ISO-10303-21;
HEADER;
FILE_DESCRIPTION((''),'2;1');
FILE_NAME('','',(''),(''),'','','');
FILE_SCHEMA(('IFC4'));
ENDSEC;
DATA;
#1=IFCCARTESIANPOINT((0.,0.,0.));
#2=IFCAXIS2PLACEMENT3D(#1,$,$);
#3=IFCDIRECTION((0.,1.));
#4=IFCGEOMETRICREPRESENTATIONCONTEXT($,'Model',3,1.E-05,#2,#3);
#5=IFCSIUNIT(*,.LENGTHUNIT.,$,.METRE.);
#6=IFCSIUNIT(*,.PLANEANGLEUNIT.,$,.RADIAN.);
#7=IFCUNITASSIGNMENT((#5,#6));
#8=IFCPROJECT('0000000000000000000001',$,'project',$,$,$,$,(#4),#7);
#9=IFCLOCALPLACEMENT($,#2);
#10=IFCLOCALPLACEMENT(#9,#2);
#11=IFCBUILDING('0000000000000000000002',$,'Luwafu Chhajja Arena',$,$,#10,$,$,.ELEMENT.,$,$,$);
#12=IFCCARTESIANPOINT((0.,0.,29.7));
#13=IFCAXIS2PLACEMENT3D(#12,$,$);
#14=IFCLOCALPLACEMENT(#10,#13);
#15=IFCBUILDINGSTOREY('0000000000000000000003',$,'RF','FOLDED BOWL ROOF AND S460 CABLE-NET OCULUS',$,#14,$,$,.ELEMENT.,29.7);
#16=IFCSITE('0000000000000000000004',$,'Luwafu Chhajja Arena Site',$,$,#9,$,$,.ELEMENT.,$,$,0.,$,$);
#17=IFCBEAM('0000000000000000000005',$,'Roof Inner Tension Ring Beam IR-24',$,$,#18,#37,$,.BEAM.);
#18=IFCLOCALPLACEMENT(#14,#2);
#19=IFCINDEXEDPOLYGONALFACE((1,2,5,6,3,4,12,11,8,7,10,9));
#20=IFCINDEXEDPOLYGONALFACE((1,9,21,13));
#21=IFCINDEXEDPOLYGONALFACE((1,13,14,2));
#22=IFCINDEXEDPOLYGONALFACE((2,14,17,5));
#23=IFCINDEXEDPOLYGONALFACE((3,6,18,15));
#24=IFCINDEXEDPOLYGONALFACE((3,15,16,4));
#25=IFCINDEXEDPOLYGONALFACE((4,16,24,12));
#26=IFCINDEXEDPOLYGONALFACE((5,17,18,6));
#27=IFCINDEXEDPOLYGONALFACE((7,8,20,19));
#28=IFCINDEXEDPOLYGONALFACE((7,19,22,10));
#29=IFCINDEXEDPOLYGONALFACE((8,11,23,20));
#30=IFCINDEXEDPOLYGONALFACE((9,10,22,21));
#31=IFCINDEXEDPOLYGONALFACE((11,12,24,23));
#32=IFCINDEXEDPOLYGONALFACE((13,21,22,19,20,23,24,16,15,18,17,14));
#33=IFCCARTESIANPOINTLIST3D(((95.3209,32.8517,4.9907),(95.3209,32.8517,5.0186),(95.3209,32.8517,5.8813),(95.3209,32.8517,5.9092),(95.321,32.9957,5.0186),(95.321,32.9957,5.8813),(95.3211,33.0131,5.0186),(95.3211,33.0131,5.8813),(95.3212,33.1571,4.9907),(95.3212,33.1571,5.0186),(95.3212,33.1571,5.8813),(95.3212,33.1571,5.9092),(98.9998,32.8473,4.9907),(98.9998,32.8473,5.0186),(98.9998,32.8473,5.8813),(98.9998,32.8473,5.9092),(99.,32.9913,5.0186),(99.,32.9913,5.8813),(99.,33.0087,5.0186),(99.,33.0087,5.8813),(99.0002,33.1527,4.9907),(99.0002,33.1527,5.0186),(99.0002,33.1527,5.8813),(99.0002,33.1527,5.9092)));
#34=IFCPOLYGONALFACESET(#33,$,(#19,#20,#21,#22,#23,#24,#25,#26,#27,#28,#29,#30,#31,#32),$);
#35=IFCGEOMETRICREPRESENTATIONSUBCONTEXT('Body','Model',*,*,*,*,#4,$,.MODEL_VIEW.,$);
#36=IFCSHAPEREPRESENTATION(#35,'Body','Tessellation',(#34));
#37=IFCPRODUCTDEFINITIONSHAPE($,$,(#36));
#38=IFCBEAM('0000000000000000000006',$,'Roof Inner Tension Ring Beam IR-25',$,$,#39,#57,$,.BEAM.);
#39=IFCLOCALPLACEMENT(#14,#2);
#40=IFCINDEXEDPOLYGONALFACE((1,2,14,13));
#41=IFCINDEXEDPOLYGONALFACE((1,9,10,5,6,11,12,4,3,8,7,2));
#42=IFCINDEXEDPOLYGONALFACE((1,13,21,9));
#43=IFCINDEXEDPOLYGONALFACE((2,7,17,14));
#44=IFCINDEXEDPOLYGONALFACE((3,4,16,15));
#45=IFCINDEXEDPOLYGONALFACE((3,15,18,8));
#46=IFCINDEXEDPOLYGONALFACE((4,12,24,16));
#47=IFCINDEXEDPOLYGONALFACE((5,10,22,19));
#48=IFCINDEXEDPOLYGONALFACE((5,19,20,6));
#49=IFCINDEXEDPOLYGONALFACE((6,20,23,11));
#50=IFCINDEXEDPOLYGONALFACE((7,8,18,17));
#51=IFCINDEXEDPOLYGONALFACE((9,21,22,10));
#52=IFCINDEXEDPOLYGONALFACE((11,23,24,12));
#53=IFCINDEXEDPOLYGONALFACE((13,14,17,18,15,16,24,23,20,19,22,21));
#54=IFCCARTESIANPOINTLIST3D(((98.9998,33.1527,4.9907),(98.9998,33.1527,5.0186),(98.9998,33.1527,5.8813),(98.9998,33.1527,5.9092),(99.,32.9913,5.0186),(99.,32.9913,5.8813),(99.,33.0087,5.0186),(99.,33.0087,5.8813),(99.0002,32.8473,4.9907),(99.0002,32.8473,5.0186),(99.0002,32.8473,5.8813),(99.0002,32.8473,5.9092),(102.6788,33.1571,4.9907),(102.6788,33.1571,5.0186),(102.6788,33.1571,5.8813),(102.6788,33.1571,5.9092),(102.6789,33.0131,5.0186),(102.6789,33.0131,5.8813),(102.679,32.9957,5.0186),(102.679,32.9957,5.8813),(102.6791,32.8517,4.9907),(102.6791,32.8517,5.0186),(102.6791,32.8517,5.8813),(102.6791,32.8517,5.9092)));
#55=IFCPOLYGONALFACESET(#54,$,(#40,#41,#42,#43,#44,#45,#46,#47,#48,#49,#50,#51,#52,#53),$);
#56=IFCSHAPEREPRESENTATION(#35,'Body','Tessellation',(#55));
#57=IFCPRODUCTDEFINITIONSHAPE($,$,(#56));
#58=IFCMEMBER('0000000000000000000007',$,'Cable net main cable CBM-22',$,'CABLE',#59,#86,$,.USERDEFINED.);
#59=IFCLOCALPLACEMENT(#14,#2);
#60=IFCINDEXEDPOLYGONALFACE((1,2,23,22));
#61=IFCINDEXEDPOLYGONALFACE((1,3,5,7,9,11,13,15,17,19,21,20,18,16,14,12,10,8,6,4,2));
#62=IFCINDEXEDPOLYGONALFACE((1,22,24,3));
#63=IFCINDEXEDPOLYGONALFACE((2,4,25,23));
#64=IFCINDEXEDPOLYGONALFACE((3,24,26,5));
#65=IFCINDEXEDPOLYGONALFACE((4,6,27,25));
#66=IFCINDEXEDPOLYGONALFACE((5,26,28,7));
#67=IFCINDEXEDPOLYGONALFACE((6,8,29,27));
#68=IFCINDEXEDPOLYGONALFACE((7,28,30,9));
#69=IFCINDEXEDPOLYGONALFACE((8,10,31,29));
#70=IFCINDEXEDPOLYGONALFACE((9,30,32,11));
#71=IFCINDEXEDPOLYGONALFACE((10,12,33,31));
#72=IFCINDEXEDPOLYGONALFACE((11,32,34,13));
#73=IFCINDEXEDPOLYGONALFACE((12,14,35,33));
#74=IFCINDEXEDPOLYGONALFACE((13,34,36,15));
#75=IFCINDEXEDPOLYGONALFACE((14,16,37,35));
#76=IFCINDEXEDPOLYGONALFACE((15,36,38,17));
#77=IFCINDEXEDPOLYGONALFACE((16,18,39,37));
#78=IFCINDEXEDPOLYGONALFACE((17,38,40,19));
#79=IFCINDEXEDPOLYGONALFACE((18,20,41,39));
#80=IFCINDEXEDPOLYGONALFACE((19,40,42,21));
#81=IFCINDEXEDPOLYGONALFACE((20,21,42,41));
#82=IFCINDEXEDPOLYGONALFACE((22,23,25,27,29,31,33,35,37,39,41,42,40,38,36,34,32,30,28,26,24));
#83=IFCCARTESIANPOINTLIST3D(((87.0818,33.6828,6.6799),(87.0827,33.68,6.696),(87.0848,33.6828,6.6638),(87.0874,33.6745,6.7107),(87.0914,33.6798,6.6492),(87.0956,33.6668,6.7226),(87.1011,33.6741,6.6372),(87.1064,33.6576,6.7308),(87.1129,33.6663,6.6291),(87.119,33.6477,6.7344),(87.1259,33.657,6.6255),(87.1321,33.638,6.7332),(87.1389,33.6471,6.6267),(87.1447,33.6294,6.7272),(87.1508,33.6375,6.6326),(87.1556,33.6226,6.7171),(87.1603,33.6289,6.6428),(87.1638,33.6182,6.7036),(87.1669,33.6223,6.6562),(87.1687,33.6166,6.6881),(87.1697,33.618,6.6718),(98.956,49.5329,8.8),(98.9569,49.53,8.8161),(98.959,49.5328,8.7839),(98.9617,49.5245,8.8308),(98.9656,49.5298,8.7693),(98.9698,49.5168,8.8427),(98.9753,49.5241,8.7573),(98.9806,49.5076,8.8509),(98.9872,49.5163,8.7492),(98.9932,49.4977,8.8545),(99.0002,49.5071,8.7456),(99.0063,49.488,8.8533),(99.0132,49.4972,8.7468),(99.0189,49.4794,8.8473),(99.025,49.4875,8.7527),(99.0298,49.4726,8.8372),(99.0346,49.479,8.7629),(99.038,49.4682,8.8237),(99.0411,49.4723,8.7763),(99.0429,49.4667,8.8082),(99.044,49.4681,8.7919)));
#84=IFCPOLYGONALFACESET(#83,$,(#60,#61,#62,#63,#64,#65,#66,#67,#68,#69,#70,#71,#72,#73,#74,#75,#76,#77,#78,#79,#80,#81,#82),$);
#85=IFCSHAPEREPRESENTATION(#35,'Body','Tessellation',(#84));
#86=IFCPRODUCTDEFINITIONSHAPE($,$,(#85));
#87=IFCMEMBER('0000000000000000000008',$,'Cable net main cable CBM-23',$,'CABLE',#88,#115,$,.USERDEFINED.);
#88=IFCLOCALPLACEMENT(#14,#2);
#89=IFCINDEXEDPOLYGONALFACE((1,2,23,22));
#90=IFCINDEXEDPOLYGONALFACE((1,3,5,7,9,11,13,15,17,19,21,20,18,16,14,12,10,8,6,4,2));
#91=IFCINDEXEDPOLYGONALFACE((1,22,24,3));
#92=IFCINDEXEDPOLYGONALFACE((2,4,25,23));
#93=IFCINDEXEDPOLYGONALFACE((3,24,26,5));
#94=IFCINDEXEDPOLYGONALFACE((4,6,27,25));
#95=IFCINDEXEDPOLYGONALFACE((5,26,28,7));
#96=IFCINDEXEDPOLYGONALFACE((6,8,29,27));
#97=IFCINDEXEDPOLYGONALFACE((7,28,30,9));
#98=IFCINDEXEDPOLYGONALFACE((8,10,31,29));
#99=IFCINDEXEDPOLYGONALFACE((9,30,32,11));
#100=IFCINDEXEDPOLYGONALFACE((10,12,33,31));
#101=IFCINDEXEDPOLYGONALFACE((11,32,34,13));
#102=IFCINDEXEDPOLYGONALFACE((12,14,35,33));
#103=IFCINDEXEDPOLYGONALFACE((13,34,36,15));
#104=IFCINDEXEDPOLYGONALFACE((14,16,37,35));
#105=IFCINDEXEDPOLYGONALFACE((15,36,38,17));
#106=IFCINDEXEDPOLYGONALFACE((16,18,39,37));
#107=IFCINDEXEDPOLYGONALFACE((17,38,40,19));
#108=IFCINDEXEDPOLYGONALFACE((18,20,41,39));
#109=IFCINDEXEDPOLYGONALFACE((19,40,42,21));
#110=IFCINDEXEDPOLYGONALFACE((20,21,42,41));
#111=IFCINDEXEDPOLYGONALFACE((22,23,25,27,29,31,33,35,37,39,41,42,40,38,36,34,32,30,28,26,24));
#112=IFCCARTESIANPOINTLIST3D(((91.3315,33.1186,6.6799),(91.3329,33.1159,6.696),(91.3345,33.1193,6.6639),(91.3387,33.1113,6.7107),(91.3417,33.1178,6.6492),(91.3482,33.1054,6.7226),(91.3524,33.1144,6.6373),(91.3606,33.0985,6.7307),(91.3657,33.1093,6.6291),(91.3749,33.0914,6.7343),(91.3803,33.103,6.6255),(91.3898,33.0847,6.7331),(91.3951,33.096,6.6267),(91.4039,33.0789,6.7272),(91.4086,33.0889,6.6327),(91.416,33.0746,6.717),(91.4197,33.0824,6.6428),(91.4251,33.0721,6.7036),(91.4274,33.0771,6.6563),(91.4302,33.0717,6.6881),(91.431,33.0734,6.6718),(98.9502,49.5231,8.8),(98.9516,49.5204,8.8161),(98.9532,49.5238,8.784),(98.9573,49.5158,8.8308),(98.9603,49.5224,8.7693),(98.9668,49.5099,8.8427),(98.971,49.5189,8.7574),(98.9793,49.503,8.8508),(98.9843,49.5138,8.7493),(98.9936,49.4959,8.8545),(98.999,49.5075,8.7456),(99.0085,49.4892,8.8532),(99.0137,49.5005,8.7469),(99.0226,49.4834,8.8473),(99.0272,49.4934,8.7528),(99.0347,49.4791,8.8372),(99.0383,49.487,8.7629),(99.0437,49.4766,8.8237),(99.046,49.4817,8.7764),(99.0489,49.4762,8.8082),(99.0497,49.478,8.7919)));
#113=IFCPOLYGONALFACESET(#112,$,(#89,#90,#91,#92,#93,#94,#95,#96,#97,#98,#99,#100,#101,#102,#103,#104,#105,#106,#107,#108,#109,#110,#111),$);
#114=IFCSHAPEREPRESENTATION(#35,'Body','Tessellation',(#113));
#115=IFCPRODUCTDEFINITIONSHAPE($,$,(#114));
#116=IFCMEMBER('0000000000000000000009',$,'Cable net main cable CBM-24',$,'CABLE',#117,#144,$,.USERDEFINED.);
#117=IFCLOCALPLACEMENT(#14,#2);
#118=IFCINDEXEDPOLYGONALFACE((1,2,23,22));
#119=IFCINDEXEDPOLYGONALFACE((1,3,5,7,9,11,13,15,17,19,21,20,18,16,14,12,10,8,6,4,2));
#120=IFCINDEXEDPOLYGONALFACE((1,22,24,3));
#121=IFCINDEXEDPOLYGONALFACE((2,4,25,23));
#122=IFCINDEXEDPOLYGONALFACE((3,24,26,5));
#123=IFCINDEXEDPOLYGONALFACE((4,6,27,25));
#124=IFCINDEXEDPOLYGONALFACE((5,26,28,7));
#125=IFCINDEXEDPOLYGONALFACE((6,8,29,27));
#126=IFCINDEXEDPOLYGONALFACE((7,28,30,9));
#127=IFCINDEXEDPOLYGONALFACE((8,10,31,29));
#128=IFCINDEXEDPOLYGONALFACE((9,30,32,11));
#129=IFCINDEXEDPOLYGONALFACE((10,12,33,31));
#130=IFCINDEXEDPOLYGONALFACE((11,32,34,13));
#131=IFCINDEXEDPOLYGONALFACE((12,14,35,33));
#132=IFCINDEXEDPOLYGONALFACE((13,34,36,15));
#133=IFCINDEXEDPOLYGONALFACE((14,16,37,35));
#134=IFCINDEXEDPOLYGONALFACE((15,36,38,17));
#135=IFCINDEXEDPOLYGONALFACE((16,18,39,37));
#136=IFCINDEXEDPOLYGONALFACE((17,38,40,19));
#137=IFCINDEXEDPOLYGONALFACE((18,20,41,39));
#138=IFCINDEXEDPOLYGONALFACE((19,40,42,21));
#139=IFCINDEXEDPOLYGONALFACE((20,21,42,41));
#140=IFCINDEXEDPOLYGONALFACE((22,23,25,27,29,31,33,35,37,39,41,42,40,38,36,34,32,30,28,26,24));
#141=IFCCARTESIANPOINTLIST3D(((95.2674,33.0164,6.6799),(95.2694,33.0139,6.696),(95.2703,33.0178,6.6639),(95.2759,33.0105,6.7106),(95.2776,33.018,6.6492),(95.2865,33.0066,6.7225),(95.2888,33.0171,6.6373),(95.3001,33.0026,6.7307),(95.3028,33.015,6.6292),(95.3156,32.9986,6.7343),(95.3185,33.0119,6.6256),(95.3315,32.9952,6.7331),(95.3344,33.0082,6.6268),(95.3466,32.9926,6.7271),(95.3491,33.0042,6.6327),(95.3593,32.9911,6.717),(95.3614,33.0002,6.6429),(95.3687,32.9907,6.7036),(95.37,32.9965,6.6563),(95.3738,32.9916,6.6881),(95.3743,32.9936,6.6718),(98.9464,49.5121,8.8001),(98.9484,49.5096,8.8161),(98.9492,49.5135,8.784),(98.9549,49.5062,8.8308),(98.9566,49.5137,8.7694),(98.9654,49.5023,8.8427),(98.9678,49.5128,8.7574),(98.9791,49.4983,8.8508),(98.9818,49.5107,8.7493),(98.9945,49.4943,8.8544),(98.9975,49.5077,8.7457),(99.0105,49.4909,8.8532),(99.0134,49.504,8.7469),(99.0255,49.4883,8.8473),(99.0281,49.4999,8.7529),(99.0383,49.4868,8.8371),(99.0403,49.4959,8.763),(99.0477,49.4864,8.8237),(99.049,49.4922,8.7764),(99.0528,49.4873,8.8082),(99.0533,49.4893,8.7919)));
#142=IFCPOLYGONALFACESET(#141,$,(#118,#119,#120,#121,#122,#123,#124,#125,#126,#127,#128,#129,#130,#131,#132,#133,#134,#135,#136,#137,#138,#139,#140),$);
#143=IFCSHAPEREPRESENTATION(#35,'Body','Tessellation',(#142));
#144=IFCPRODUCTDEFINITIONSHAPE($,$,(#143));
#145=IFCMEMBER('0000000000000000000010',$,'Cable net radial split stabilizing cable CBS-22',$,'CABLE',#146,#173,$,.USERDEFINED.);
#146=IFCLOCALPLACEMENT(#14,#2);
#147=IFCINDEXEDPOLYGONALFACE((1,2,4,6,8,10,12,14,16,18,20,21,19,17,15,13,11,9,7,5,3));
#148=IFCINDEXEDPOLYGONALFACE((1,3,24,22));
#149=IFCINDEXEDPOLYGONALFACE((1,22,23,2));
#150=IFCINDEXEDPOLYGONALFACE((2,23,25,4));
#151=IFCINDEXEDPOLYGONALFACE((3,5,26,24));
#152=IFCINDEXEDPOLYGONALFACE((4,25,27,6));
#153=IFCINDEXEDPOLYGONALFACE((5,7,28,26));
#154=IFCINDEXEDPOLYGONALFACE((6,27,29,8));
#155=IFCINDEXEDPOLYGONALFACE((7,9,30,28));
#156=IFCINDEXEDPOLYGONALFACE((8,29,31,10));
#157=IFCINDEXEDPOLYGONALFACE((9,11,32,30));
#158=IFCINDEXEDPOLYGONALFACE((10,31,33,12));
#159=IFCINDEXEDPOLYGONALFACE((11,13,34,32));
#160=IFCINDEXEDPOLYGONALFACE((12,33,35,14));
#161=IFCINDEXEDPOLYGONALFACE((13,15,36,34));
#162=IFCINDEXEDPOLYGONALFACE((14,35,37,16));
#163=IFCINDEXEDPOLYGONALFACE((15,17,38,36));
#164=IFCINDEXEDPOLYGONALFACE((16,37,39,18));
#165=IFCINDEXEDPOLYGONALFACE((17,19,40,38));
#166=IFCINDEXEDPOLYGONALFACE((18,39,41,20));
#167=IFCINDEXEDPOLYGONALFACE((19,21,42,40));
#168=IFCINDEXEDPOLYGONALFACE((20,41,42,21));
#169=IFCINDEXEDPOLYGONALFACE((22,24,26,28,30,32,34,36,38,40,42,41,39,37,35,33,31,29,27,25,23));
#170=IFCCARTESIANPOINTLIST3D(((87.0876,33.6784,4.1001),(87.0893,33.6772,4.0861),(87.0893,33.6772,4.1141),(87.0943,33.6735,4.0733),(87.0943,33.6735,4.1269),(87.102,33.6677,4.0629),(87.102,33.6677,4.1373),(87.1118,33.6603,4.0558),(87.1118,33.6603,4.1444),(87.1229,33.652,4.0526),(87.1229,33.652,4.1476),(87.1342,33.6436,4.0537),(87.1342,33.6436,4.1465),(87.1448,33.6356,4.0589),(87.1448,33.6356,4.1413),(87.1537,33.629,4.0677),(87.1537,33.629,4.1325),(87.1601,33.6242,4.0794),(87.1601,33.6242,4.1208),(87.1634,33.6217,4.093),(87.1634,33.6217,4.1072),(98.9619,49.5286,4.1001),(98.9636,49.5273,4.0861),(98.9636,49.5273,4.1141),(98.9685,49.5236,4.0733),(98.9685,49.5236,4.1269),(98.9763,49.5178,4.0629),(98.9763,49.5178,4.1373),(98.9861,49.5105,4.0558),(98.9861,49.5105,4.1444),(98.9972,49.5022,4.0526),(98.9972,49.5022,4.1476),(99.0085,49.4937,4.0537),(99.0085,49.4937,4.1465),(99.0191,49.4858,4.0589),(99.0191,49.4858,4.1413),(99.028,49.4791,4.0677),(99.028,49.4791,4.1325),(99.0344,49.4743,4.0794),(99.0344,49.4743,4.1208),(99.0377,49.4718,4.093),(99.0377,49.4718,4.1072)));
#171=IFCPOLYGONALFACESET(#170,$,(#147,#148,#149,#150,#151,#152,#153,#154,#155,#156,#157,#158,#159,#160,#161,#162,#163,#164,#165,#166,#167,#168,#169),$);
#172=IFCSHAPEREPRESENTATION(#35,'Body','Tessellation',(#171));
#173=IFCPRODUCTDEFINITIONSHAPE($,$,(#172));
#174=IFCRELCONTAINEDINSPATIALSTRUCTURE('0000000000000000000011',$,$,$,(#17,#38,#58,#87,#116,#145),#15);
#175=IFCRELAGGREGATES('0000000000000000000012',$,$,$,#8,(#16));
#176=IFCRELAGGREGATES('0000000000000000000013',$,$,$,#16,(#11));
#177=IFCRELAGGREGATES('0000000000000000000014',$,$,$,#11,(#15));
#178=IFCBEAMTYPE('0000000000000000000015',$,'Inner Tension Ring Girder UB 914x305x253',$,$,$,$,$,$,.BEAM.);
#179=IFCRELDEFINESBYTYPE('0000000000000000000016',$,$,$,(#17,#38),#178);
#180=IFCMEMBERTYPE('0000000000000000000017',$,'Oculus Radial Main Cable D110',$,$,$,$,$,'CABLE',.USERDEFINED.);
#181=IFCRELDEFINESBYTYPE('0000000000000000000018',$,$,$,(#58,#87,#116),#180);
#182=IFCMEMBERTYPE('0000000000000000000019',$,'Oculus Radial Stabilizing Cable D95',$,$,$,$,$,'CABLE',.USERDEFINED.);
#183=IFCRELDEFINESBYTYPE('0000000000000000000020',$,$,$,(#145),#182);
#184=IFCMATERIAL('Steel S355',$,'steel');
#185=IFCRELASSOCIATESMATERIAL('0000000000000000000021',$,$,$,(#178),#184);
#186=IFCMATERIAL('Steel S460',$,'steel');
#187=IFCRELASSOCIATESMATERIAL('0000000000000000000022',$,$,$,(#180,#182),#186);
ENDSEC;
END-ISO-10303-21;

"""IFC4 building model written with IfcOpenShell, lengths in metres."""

from ifc_helpers import new_model, si_unit, direction, frame, origin, origin_2d, place, context, subcontext, project, spatial, circle, i_section, extrude, material, material_profile, profile_set, type_object, element, save


model = new_model("IFC4")

# Units and contexts
model_context = context("Model", 3, precision=1e-05, world=origin(), true_north=direction((0.0, 1.0)))
body_context = subcontext(model_context, "Body", "Model", "MODEL_VIEW")
ifc_project = project(units=[si_unit("LENGTHUNIT", "METRE"), si_unit("PLANEANGLEUNIT", "RADIAN")], contexts=[model_context])

# Site, building, storey
site_placement = place(None, origin())
site = spatial("IfcSite", under=ifc_project, at=site_placement, Name="Luwafu Chhajja Arena Site", CompositionType="ELEMENT", RefElevation=0.0)
building_placement = place(site_placement, origin())
building = spatial("IfcBuilding", under=site, at=building_placement, Name="Luwafu Chhajja Arena", CompositionType="ELEMENT")
storey_placement = place(building_placement, frame((0.0, 0.0, 29.7)))
storey = spatial("IfcBuildingStorey", under=building, at=storey_placement, Name="RF", Description="FOLDED BOWL ROOF AND S460 CABLE-NET OCULUS", CompositionType="ELEMENT", Elevation=29.7)

# Shared definitions
ifc_material_1 = material(Name="Steel S355", Category="steel")

# Beams
ifc_material_profile_1 = material_profile(ifc_material_1, i_section(OverallWidth=0.3054, OverallDepth=0.9185, WebThickness=0.0173, FlangeThickness=0.0278, at=origin_2d()), Name="UB 914x305x253")
ifc_profile_set_1 = profile_set([ifc_material_profile_1], Name="Steel S355")
beam_type = type_object("IfcBeamType", Name="Inner Tension Ring Girder UB 914x305x253", PredefinedType="BEAM", material=ifc_profile_set_1)
for number, where, z_axis, x_axis, name in (
    (1, (95.321, 33.0044, 5.45), (0.999999, -0.001195, 0.0), (0.001195, 0.999999, 0.0), "Roof Inner Tension Ring Beam IR-24"),
    (2, (99.0, 33.0, 5.45), (0.999999, 0.001195, 0.0), (-0.001195, 0.999999, 0.0), "Roof Inner Tension Ring Beam IR-25"),
):
    element("IfcBeam", number, at=place(storey_placement, frame(where, z_axis=z_axis, x_axis=x_axis)), inside=storey, type_object=beam_type, Name=name, PredefinedType="BEAM", context=body_context, shape_type="SweptSolid", body=[
        extrude(i_section(OverallWidth=0.3054, OverallDepth=0.9185, WebThickness=0.0173, FlangeThickness=0.0278, at=origin_2d()), origin(), (0.0, 0.0, 1.0), 3.679),
    ])

# Members
ifc_material_2 = material(Name="Steel S460", Category="steel")
ifc_material_profile_2 = material_profile(ifc_material_2, circle(Radius=0.0549, at=origin_2d()), Name="CABLE D110")
ifc_profile_set_2 = profile_set([ifc_material_profile_2], Name="Steel S460")
member_type_1 = type_object("IfcMemberType", Name="Oculus Radial Main Cable D110", ElementType="CABLE", PredefinedType="USERDEFINED", material=ifc_profile_set_2)
member_1_placement = place(storey_placement, frame((87.1257, 33.6499, 6.6799), z_axis=(0.596164, 0.795776, 0.106443), x_axis=(-0.800322, 0.59957, 0.0)))
element("IfcMember", 3, at=member_1_placement, inside=storey, type_object=member_type_1, Name="Cable net main cable CBM-22", ObjectType="CABLE", PredefinedType="USERDEFINED", context=body_context, shape_type="SweptSolid", body=[
    extrude(circle(Radius=0.0549, at=origin_2d()), origin(), (0.0, 0.0, 1.0), 19.9177),
])
member_2_placement = place(storey_placement, frame((91.3813, 33.0955, 6.6799), z_axis=(0.41835, 0.900794, 0.116418), x_axis=(-0.906961, 0.421214, 0.0)))
element("IfcMember", 4, at=member_2_placement, inside=storey, type_object=member_type_1, Name="Cable net main cable CBM-23", ObjectType="CABLE", PredefinedType="USERDEFINED", context=body_context, shape_type="SweptSolid", body=[
    extrude(circle(Radius=0.0549, at=origin_2d()), origin(), (0.0, 0.0, 1.0), 18.2112),
])
member_3_placement = place(storey_placement, frame((95.321, 33.0044, 6.6799), z_axis=(0.215986, 0.968431, 0.124469), x_axis=(-0.976021, 0.217678, 0.0)))
element("IfcMember", 5, at=member_3_placement, inside=storey, type_object=member_type_1, Name="Cable net main cable CBM-24", ObjectType="CABLE", PredefinedType="USERDEFINED", context=body_context, shape_type="SweptSolid", body=[
    extrude(circle(Radius=0.0549, at=origin_2d()), origin(), (0.0, 0.0, 1.0), 17.0334),
])
ifc_material_profile_3 = material_profile(ifc_material_2, circle(Radius=0.0476, at=origin_2d()), Name="CABLE D95")
ifc_profile_set_3 = profile_set([ifc_material_profile_3], Name="Steel S460")
member_type_2 = type_object("IfcMemberType", Name="Oculus Radial Stabilizing Cable D95", ElementType="CABLE", PredefinedType="USERDEFINED", material=ifc_profile_set_3)
member_4_placement = place(storey_placement, frame((87.1257, 33.6499, 4.1001), z_axis=(0.59957, 0.800322, 0.0), x_axis=(-0.800322, 0.59957, 0.0)))
element("IfcMember", 6, at=member_4_placement, inside=storey, type_object=member_type_2, Name="Cable net radial split stabilizing cable CBS-22", ObjectType="CABLE", PredefinedType="USERDEFINED", context=body_context, shape_type="SweptSolid", body=[
    extrude(circle(Radius=0.0476, at=origin_2d()), origin(), (0.0, 0.0, 1.0), 19.8047),
])

save(model, "model.ifc")
